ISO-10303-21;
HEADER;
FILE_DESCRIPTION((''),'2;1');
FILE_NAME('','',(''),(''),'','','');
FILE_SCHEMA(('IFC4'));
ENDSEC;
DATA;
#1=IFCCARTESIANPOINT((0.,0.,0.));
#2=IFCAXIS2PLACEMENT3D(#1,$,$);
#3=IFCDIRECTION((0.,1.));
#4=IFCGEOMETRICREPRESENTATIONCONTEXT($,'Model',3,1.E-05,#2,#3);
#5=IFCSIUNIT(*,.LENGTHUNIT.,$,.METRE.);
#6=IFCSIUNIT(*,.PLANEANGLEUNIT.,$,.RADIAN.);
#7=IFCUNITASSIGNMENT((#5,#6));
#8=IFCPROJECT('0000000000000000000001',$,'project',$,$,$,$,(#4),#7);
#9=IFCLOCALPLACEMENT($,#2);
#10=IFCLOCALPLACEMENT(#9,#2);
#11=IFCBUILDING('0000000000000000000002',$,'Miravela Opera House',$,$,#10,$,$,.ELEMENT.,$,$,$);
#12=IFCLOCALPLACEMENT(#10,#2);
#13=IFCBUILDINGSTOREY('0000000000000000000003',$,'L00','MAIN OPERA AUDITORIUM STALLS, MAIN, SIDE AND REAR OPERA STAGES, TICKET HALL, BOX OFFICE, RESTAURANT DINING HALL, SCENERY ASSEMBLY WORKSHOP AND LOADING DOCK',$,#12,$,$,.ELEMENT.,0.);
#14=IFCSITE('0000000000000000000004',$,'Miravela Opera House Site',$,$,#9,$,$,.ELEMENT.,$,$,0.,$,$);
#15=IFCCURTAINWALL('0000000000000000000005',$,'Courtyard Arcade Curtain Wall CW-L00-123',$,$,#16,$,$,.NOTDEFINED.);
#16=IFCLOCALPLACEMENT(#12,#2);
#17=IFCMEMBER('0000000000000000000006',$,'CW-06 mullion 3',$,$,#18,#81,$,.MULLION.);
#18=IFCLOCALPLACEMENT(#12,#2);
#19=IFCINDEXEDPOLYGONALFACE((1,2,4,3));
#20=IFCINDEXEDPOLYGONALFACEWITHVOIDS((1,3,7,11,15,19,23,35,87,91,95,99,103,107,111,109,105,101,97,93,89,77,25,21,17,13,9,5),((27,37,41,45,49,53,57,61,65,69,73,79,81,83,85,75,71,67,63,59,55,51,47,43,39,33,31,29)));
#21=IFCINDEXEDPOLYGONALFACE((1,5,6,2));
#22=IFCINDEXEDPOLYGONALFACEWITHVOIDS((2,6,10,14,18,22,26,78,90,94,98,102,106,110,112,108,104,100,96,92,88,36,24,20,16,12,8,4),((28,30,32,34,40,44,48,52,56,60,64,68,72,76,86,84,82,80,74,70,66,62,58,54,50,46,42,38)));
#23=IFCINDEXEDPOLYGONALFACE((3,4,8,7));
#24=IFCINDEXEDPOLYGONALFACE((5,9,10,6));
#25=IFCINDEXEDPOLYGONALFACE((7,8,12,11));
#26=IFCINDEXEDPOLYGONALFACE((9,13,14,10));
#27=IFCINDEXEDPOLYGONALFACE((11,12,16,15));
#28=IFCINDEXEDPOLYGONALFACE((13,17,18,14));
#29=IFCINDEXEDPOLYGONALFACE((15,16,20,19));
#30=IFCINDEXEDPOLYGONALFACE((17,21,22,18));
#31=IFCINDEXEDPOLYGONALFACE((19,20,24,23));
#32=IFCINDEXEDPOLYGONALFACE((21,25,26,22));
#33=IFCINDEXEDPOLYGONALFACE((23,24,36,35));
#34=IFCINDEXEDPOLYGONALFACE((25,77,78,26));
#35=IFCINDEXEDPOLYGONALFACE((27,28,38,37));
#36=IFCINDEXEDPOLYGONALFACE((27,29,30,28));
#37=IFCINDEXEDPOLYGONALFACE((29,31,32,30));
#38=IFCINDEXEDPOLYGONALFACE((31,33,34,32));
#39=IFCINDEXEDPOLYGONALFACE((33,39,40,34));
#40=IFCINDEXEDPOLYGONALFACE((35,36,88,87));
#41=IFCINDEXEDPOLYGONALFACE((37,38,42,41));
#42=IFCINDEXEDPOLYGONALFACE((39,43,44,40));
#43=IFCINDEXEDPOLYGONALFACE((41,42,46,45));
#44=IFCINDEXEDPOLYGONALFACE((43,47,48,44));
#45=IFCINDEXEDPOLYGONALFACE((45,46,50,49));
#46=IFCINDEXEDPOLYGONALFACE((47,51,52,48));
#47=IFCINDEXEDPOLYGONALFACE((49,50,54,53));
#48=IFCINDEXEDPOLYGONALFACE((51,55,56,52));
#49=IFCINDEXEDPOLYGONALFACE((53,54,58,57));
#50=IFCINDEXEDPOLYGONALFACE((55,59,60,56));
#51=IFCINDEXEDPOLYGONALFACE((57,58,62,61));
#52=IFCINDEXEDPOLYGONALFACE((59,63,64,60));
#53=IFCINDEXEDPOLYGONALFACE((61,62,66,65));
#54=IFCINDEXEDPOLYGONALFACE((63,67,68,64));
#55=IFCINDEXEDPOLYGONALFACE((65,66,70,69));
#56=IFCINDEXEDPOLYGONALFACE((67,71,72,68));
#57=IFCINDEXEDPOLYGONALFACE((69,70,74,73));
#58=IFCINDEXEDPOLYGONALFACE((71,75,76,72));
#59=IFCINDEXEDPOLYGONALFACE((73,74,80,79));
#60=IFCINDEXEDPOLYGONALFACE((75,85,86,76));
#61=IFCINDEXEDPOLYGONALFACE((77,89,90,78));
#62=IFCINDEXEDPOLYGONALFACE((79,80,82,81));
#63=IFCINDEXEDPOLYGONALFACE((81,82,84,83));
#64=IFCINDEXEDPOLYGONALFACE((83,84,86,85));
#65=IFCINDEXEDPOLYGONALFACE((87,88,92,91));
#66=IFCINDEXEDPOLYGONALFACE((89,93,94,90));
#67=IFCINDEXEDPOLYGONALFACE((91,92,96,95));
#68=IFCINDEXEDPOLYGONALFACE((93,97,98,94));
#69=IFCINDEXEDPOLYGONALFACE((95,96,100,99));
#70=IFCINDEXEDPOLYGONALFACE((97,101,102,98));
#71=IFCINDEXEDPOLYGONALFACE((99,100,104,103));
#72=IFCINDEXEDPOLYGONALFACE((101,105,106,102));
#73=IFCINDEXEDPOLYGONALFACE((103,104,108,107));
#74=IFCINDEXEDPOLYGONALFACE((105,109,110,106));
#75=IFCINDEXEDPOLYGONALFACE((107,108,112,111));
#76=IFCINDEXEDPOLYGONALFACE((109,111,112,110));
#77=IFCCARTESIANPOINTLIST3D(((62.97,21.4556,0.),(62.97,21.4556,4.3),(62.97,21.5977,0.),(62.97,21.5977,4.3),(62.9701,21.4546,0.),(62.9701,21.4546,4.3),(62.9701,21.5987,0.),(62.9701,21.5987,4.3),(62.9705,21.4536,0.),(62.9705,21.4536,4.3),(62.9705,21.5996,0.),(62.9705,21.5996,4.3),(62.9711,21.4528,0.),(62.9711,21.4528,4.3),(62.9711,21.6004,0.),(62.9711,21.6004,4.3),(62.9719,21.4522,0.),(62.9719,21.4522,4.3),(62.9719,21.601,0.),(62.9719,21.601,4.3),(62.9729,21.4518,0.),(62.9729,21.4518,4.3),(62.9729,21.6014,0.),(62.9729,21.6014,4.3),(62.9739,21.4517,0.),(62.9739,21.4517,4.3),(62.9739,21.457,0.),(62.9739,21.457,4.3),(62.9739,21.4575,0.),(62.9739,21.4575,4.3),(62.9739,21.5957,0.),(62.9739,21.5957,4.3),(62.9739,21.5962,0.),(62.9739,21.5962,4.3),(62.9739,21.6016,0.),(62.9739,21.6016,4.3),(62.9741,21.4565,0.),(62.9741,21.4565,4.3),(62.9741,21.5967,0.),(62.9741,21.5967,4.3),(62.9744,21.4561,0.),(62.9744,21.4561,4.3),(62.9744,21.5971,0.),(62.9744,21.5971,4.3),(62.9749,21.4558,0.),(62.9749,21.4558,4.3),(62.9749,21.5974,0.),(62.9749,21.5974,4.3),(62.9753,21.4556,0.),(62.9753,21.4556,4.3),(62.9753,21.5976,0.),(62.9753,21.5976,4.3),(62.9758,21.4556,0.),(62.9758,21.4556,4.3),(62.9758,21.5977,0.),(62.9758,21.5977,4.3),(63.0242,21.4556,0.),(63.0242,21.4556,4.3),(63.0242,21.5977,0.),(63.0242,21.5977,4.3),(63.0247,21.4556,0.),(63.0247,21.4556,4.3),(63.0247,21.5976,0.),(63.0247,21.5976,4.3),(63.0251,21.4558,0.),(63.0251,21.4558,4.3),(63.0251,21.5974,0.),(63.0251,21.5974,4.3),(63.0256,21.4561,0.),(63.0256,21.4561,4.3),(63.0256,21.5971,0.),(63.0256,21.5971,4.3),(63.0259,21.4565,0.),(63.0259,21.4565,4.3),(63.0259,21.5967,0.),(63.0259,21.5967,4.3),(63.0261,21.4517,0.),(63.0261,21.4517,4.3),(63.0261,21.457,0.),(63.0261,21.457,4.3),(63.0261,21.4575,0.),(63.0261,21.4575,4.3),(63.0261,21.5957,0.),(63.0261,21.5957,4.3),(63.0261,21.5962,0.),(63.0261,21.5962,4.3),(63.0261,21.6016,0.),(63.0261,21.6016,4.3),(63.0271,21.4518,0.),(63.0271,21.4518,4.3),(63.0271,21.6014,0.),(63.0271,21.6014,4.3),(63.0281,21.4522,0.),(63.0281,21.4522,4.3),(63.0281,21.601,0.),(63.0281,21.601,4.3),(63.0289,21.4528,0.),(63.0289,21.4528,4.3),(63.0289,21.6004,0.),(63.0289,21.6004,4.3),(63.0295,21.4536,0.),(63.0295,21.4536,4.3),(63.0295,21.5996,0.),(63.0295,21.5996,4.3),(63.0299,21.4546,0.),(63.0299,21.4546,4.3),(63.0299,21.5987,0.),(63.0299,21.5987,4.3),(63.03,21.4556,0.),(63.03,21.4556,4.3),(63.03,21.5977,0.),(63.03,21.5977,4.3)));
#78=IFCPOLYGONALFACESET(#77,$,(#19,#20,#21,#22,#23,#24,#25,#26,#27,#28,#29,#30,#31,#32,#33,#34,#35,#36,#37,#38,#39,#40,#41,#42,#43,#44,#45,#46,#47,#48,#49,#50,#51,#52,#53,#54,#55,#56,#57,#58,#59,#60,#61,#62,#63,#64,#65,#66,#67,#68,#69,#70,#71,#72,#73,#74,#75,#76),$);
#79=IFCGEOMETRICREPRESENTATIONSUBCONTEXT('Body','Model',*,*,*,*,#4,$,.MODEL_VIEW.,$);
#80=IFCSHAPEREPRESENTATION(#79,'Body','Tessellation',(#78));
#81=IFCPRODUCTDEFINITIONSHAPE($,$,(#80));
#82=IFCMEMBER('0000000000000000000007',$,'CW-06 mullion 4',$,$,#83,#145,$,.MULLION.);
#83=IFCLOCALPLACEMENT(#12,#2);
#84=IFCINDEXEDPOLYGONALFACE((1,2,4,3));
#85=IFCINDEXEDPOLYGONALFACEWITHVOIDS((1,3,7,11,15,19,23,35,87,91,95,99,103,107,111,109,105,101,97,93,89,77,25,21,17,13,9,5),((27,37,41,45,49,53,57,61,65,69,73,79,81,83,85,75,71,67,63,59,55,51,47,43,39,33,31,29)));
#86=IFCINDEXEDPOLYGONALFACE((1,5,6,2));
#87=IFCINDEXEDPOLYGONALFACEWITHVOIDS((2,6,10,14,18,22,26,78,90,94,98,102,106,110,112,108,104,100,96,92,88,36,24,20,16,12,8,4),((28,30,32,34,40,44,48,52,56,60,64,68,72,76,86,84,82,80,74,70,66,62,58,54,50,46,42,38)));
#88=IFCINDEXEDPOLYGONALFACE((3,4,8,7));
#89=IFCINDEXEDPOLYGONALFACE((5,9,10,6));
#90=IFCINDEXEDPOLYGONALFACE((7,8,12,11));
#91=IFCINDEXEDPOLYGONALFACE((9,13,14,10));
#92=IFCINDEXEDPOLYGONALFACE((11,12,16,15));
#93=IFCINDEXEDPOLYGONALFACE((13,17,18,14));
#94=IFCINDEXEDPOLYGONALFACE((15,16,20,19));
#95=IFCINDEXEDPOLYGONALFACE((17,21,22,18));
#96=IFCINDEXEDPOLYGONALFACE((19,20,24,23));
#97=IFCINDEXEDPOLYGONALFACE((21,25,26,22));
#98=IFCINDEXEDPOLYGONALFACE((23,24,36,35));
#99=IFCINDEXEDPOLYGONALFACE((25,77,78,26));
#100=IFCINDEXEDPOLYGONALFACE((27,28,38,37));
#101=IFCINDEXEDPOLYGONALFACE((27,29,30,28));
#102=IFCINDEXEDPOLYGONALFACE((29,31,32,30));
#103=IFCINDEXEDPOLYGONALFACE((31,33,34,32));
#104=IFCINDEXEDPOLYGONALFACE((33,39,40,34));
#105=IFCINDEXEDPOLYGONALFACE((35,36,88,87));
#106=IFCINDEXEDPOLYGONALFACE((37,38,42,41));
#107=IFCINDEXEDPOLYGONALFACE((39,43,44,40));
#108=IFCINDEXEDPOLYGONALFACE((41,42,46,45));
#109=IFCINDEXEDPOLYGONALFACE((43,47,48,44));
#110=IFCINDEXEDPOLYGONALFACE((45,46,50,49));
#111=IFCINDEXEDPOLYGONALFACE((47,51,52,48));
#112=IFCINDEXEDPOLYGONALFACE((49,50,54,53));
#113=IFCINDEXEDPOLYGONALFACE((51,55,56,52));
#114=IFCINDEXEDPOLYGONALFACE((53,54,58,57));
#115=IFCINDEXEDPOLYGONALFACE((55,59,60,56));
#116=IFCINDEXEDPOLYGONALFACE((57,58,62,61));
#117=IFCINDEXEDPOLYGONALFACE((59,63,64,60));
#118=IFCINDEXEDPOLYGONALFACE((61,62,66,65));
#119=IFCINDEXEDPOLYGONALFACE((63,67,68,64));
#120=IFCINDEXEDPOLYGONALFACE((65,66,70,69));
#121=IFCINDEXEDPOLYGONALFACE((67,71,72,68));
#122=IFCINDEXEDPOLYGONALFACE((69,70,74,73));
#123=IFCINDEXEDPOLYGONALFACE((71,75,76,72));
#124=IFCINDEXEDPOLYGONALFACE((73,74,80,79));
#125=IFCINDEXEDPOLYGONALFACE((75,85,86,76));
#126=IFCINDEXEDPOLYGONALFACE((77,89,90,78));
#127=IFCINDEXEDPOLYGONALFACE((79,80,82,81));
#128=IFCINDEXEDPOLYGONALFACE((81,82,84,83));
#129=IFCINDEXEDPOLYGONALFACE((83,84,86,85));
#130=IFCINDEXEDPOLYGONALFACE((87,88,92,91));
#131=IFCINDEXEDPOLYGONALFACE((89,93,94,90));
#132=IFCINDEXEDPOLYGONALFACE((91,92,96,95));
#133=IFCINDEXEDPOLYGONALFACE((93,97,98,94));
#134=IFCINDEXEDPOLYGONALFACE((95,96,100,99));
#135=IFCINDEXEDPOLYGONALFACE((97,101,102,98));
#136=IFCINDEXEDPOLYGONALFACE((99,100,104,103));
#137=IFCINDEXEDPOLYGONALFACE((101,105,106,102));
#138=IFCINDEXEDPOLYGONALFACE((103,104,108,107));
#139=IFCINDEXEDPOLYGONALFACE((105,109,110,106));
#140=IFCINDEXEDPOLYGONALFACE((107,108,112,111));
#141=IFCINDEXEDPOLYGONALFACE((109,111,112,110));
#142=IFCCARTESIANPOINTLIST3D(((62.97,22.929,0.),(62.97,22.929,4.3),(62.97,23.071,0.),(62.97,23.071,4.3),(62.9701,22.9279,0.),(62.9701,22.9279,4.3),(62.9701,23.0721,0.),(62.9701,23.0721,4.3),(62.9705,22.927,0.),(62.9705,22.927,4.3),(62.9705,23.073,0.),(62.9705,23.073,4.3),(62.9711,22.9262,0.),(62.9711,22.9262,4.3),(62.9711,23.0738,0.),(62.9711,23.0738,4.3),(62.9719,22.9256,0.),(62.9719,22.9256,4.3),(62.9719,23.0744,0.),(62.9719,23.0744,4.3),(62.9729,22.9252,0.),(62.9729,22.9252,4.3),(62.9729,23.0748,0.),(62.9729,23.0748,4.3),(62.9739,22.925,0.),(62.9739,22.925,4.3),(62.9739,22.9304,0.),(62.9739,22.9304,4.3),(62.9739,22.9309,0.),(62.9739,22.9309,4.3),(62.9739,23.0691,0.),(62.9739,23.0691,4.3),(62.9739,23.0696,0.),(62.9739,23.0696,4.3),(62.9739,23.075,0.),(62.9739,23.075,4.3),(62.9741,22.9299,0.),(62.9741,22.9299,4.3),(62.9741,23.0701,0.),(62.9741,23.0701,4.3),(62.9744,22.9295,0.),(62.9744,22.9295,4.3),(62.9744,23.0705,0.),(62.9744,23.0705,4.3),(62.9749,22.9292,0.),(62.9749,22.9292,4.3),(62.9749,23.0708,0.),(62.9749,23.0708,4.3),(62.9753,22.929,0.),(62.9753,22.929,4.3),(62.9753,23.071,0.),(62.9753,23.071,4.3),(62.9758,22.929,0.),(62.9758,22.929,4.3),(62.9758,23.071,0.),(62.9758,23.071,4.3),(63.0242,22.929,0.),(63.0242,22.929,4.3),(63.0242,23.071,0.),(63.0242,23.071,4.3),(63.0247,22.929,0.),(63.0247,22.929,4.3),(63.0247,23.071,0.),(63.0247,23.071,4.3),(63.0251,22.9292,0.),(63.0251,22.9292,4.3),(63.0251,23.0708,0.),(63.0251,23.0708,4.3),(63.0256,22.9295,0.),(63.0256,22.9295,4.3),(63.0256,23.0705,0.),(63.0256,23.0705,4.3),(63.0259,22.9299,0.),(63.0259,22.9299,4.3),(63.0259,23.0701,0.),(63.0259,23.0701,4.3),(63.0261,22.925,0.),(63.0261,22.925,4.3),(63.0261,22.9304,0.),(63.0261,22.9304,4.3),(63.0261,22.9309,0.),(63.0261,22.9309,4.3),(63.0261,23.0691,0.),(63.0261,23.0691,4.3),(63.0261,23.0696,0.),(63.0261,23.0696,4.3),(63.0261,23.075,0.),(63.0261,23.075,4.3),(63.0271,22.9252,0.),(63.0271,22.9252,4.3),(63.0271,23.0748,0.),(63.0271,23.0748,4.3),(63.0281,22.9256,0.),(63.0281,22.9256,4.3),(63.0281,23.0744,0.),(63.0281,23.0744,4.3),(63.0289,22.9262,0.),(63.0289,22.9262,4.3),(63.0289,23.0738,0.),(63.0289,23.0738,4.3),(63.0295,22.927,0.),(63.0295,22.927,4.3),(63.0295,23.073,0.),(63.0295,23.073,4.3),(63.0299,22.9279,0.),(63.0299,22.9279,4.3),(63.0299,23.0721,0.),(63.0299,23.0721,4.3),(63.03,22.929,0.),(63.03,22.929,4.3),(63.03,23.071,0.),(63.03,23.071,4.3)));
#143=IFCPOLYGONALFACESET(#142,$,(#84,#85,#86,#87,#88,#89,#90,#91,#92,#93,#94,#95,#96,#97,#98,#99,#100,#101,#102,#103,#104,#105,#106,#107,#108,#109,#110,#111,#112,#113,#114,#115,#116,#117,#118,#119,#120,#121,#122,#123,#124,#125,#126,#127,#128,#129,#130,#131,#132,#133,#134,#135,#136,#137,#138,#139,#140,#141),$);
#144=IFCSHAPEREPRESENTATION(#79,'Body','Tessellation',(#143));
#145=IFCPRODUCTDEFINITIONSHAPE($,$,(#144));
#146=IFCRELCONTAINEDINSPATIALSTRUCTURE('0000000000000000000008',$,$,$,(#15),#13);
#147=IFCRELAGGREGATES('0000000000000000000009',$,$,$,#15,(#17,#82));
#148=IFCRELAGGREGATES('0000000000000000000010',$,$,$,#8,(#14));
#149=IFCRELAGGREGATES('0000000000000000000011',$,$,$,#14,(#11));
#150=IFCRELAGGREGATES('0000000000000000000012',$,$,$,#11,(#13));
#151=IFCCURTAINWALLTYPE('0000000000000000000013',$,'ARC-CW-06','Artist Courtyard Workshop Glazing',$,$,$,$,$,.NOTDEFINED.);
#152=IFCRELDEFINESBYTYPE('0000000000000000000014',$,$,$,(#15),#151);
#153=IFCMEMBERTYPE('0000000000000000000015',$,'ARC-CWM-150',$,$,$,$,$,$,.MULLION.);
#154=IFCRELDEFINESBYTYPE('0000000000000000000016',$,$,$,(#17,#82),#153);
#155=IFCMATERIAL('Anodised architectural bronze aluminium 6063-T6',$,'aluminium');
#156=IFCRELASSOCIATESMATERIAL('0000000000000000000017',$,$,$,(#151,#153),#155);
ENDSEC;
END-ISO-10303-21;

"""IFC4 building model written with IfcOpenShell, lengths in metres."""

from ifc_helpers import new_model, si_unit, direction, frame, origin, origin_2d, place, context, subcontext, project, spatial, hollow_rectangle, extrude, material, material_profile, profile_set, type_object, element, aggregate, save


model = new_model("IFC4")

# Units and contexts
model_context = context("Model", 3, precision=1e-05, world=origin(), true_north=direction((0.0, 1.0)))
body_context = subcontext(model_context, "Body", "Model", "MODEL_VIEW")
ifc_project = project(units=[si_unit("LENGTHUNIT", "METRE"), si_unit("PLANEANGLEUNIT", "RADIAN")], contexts=[model_context])

# Site, building, storey
site_placement = place(None, origin())
site = spatial("IfcSite", under=ifc_project, at=site_placement, Name="Miravela Opera House Site", CompositionType="ELEMENT", RefElevation=0.0)
building_placement = place(site_placement, origin())
building = spatial("IfcBuilding", under=site, at=building_placement, Name="Miravela Opera House", CompositionType="ELEMENT")
storey_placement = place(building_placement, origin())
storey = spatial("IfcBuildingStorey", under=building, at=storey_placement, Name="L00", Description="MAIN OPERA AUDITORIUM STALLS, MAIN, SIDE AND REAR OPERA STAGES, TICKET HALL, BOX OFFICE, RESTAURANT DINING HALL, SCENERY ASSEMBLY WORKSHOP AND LOADING DOCK", CompositionType="ELEMENT", Elevation=0.0)

# Curtain wall, members
ifc_material_1 = material(Name="Anodised architectural bronze aluminium 6063-T6", Category="aluminium")
curtain_wall_type = type_object("IfcCurtainWallType", Name="ARC-CW-06", Description="Artist Courtyard Workshop Glazing", PredefinedType="NOTDEFINED", material=ifc_material_1)
curtain_wall_1_placement = place(storey_placement, origin())
curtain_wall_1 = element("IfcCurtainWall", 1, at=curtain_wall_1_placement, inside=storey, type_object=curtain_wall_type, Name="Courtyard Arcade Curtain Wall CW-L00-123", PredefinedType="NOTDEFINED")
ifc_material_profile_1 = material_profile(ifc_material_1, hollow_rectangle(XDim=0.0601, YDim=0.1499, WallThickness=0.0039, InnerFilletRadius=0.002, OuterFilletRadius=0.0039, at=origin_2d()), Name="CWM-60X150")
ifc_profile_set_1 = profile_set([ifc_material_profile_1])
member_type_1 = type_object("IfcMemberType", Name="ARC-CWM-150", PredefinedType="MULLION", material=ifc_profile_set_1)
member_1_placement = place(storey_placement, frame((63.0, 21.5266, 0.0), z_axis=(0.0, 0.0, 1.0), x_axis=(-1.0, 0.0, 0.0)))
member_1 = element("IfcMember", 2, at=member_1_placement, type_object=member_type_1, Name="CW-06 mullion 3", PredefinedType="MULLION", context=body_context, shape_type="SweptSolid", body=[
    extrude(hollow_rectangle(XDim=0.0601, YDim=0.1499, WallThickness=0.0039, InnerFilletRadius=0.002, OuterFilletRadius=0.0039, at=origin_2d()), origin(), (0.0, 0.0, 1.0), 4.3),
])
member_2_placement = place(storey_placement, frame((63.0, 23.0, 0.0), z_axis=(0.0, 0.0, 1.0), x_axis=(-1.0, 0.0, 0.0)))
member_2 = element("IfcMember", 3, at=member_2_placement, type_object=member_type_1, Name="CW-06 mullion 4", PredefinedType="MULLION", context=body_context, shape_type="SweptSolid", body=[
    extrude(hollow_rectangle(XDim=0.0601, YDim=0.1499, WallThickness=0.0039, InnerFilletRadius=0.002, OuterFilletRadius=0.0039, at=origin_2d()), origin(), (0.0, 0.0, 1.0), 4.3),
])

aggregate(curtain_wall_1, [member_1, member_2])

save(model, "model.ifc")
